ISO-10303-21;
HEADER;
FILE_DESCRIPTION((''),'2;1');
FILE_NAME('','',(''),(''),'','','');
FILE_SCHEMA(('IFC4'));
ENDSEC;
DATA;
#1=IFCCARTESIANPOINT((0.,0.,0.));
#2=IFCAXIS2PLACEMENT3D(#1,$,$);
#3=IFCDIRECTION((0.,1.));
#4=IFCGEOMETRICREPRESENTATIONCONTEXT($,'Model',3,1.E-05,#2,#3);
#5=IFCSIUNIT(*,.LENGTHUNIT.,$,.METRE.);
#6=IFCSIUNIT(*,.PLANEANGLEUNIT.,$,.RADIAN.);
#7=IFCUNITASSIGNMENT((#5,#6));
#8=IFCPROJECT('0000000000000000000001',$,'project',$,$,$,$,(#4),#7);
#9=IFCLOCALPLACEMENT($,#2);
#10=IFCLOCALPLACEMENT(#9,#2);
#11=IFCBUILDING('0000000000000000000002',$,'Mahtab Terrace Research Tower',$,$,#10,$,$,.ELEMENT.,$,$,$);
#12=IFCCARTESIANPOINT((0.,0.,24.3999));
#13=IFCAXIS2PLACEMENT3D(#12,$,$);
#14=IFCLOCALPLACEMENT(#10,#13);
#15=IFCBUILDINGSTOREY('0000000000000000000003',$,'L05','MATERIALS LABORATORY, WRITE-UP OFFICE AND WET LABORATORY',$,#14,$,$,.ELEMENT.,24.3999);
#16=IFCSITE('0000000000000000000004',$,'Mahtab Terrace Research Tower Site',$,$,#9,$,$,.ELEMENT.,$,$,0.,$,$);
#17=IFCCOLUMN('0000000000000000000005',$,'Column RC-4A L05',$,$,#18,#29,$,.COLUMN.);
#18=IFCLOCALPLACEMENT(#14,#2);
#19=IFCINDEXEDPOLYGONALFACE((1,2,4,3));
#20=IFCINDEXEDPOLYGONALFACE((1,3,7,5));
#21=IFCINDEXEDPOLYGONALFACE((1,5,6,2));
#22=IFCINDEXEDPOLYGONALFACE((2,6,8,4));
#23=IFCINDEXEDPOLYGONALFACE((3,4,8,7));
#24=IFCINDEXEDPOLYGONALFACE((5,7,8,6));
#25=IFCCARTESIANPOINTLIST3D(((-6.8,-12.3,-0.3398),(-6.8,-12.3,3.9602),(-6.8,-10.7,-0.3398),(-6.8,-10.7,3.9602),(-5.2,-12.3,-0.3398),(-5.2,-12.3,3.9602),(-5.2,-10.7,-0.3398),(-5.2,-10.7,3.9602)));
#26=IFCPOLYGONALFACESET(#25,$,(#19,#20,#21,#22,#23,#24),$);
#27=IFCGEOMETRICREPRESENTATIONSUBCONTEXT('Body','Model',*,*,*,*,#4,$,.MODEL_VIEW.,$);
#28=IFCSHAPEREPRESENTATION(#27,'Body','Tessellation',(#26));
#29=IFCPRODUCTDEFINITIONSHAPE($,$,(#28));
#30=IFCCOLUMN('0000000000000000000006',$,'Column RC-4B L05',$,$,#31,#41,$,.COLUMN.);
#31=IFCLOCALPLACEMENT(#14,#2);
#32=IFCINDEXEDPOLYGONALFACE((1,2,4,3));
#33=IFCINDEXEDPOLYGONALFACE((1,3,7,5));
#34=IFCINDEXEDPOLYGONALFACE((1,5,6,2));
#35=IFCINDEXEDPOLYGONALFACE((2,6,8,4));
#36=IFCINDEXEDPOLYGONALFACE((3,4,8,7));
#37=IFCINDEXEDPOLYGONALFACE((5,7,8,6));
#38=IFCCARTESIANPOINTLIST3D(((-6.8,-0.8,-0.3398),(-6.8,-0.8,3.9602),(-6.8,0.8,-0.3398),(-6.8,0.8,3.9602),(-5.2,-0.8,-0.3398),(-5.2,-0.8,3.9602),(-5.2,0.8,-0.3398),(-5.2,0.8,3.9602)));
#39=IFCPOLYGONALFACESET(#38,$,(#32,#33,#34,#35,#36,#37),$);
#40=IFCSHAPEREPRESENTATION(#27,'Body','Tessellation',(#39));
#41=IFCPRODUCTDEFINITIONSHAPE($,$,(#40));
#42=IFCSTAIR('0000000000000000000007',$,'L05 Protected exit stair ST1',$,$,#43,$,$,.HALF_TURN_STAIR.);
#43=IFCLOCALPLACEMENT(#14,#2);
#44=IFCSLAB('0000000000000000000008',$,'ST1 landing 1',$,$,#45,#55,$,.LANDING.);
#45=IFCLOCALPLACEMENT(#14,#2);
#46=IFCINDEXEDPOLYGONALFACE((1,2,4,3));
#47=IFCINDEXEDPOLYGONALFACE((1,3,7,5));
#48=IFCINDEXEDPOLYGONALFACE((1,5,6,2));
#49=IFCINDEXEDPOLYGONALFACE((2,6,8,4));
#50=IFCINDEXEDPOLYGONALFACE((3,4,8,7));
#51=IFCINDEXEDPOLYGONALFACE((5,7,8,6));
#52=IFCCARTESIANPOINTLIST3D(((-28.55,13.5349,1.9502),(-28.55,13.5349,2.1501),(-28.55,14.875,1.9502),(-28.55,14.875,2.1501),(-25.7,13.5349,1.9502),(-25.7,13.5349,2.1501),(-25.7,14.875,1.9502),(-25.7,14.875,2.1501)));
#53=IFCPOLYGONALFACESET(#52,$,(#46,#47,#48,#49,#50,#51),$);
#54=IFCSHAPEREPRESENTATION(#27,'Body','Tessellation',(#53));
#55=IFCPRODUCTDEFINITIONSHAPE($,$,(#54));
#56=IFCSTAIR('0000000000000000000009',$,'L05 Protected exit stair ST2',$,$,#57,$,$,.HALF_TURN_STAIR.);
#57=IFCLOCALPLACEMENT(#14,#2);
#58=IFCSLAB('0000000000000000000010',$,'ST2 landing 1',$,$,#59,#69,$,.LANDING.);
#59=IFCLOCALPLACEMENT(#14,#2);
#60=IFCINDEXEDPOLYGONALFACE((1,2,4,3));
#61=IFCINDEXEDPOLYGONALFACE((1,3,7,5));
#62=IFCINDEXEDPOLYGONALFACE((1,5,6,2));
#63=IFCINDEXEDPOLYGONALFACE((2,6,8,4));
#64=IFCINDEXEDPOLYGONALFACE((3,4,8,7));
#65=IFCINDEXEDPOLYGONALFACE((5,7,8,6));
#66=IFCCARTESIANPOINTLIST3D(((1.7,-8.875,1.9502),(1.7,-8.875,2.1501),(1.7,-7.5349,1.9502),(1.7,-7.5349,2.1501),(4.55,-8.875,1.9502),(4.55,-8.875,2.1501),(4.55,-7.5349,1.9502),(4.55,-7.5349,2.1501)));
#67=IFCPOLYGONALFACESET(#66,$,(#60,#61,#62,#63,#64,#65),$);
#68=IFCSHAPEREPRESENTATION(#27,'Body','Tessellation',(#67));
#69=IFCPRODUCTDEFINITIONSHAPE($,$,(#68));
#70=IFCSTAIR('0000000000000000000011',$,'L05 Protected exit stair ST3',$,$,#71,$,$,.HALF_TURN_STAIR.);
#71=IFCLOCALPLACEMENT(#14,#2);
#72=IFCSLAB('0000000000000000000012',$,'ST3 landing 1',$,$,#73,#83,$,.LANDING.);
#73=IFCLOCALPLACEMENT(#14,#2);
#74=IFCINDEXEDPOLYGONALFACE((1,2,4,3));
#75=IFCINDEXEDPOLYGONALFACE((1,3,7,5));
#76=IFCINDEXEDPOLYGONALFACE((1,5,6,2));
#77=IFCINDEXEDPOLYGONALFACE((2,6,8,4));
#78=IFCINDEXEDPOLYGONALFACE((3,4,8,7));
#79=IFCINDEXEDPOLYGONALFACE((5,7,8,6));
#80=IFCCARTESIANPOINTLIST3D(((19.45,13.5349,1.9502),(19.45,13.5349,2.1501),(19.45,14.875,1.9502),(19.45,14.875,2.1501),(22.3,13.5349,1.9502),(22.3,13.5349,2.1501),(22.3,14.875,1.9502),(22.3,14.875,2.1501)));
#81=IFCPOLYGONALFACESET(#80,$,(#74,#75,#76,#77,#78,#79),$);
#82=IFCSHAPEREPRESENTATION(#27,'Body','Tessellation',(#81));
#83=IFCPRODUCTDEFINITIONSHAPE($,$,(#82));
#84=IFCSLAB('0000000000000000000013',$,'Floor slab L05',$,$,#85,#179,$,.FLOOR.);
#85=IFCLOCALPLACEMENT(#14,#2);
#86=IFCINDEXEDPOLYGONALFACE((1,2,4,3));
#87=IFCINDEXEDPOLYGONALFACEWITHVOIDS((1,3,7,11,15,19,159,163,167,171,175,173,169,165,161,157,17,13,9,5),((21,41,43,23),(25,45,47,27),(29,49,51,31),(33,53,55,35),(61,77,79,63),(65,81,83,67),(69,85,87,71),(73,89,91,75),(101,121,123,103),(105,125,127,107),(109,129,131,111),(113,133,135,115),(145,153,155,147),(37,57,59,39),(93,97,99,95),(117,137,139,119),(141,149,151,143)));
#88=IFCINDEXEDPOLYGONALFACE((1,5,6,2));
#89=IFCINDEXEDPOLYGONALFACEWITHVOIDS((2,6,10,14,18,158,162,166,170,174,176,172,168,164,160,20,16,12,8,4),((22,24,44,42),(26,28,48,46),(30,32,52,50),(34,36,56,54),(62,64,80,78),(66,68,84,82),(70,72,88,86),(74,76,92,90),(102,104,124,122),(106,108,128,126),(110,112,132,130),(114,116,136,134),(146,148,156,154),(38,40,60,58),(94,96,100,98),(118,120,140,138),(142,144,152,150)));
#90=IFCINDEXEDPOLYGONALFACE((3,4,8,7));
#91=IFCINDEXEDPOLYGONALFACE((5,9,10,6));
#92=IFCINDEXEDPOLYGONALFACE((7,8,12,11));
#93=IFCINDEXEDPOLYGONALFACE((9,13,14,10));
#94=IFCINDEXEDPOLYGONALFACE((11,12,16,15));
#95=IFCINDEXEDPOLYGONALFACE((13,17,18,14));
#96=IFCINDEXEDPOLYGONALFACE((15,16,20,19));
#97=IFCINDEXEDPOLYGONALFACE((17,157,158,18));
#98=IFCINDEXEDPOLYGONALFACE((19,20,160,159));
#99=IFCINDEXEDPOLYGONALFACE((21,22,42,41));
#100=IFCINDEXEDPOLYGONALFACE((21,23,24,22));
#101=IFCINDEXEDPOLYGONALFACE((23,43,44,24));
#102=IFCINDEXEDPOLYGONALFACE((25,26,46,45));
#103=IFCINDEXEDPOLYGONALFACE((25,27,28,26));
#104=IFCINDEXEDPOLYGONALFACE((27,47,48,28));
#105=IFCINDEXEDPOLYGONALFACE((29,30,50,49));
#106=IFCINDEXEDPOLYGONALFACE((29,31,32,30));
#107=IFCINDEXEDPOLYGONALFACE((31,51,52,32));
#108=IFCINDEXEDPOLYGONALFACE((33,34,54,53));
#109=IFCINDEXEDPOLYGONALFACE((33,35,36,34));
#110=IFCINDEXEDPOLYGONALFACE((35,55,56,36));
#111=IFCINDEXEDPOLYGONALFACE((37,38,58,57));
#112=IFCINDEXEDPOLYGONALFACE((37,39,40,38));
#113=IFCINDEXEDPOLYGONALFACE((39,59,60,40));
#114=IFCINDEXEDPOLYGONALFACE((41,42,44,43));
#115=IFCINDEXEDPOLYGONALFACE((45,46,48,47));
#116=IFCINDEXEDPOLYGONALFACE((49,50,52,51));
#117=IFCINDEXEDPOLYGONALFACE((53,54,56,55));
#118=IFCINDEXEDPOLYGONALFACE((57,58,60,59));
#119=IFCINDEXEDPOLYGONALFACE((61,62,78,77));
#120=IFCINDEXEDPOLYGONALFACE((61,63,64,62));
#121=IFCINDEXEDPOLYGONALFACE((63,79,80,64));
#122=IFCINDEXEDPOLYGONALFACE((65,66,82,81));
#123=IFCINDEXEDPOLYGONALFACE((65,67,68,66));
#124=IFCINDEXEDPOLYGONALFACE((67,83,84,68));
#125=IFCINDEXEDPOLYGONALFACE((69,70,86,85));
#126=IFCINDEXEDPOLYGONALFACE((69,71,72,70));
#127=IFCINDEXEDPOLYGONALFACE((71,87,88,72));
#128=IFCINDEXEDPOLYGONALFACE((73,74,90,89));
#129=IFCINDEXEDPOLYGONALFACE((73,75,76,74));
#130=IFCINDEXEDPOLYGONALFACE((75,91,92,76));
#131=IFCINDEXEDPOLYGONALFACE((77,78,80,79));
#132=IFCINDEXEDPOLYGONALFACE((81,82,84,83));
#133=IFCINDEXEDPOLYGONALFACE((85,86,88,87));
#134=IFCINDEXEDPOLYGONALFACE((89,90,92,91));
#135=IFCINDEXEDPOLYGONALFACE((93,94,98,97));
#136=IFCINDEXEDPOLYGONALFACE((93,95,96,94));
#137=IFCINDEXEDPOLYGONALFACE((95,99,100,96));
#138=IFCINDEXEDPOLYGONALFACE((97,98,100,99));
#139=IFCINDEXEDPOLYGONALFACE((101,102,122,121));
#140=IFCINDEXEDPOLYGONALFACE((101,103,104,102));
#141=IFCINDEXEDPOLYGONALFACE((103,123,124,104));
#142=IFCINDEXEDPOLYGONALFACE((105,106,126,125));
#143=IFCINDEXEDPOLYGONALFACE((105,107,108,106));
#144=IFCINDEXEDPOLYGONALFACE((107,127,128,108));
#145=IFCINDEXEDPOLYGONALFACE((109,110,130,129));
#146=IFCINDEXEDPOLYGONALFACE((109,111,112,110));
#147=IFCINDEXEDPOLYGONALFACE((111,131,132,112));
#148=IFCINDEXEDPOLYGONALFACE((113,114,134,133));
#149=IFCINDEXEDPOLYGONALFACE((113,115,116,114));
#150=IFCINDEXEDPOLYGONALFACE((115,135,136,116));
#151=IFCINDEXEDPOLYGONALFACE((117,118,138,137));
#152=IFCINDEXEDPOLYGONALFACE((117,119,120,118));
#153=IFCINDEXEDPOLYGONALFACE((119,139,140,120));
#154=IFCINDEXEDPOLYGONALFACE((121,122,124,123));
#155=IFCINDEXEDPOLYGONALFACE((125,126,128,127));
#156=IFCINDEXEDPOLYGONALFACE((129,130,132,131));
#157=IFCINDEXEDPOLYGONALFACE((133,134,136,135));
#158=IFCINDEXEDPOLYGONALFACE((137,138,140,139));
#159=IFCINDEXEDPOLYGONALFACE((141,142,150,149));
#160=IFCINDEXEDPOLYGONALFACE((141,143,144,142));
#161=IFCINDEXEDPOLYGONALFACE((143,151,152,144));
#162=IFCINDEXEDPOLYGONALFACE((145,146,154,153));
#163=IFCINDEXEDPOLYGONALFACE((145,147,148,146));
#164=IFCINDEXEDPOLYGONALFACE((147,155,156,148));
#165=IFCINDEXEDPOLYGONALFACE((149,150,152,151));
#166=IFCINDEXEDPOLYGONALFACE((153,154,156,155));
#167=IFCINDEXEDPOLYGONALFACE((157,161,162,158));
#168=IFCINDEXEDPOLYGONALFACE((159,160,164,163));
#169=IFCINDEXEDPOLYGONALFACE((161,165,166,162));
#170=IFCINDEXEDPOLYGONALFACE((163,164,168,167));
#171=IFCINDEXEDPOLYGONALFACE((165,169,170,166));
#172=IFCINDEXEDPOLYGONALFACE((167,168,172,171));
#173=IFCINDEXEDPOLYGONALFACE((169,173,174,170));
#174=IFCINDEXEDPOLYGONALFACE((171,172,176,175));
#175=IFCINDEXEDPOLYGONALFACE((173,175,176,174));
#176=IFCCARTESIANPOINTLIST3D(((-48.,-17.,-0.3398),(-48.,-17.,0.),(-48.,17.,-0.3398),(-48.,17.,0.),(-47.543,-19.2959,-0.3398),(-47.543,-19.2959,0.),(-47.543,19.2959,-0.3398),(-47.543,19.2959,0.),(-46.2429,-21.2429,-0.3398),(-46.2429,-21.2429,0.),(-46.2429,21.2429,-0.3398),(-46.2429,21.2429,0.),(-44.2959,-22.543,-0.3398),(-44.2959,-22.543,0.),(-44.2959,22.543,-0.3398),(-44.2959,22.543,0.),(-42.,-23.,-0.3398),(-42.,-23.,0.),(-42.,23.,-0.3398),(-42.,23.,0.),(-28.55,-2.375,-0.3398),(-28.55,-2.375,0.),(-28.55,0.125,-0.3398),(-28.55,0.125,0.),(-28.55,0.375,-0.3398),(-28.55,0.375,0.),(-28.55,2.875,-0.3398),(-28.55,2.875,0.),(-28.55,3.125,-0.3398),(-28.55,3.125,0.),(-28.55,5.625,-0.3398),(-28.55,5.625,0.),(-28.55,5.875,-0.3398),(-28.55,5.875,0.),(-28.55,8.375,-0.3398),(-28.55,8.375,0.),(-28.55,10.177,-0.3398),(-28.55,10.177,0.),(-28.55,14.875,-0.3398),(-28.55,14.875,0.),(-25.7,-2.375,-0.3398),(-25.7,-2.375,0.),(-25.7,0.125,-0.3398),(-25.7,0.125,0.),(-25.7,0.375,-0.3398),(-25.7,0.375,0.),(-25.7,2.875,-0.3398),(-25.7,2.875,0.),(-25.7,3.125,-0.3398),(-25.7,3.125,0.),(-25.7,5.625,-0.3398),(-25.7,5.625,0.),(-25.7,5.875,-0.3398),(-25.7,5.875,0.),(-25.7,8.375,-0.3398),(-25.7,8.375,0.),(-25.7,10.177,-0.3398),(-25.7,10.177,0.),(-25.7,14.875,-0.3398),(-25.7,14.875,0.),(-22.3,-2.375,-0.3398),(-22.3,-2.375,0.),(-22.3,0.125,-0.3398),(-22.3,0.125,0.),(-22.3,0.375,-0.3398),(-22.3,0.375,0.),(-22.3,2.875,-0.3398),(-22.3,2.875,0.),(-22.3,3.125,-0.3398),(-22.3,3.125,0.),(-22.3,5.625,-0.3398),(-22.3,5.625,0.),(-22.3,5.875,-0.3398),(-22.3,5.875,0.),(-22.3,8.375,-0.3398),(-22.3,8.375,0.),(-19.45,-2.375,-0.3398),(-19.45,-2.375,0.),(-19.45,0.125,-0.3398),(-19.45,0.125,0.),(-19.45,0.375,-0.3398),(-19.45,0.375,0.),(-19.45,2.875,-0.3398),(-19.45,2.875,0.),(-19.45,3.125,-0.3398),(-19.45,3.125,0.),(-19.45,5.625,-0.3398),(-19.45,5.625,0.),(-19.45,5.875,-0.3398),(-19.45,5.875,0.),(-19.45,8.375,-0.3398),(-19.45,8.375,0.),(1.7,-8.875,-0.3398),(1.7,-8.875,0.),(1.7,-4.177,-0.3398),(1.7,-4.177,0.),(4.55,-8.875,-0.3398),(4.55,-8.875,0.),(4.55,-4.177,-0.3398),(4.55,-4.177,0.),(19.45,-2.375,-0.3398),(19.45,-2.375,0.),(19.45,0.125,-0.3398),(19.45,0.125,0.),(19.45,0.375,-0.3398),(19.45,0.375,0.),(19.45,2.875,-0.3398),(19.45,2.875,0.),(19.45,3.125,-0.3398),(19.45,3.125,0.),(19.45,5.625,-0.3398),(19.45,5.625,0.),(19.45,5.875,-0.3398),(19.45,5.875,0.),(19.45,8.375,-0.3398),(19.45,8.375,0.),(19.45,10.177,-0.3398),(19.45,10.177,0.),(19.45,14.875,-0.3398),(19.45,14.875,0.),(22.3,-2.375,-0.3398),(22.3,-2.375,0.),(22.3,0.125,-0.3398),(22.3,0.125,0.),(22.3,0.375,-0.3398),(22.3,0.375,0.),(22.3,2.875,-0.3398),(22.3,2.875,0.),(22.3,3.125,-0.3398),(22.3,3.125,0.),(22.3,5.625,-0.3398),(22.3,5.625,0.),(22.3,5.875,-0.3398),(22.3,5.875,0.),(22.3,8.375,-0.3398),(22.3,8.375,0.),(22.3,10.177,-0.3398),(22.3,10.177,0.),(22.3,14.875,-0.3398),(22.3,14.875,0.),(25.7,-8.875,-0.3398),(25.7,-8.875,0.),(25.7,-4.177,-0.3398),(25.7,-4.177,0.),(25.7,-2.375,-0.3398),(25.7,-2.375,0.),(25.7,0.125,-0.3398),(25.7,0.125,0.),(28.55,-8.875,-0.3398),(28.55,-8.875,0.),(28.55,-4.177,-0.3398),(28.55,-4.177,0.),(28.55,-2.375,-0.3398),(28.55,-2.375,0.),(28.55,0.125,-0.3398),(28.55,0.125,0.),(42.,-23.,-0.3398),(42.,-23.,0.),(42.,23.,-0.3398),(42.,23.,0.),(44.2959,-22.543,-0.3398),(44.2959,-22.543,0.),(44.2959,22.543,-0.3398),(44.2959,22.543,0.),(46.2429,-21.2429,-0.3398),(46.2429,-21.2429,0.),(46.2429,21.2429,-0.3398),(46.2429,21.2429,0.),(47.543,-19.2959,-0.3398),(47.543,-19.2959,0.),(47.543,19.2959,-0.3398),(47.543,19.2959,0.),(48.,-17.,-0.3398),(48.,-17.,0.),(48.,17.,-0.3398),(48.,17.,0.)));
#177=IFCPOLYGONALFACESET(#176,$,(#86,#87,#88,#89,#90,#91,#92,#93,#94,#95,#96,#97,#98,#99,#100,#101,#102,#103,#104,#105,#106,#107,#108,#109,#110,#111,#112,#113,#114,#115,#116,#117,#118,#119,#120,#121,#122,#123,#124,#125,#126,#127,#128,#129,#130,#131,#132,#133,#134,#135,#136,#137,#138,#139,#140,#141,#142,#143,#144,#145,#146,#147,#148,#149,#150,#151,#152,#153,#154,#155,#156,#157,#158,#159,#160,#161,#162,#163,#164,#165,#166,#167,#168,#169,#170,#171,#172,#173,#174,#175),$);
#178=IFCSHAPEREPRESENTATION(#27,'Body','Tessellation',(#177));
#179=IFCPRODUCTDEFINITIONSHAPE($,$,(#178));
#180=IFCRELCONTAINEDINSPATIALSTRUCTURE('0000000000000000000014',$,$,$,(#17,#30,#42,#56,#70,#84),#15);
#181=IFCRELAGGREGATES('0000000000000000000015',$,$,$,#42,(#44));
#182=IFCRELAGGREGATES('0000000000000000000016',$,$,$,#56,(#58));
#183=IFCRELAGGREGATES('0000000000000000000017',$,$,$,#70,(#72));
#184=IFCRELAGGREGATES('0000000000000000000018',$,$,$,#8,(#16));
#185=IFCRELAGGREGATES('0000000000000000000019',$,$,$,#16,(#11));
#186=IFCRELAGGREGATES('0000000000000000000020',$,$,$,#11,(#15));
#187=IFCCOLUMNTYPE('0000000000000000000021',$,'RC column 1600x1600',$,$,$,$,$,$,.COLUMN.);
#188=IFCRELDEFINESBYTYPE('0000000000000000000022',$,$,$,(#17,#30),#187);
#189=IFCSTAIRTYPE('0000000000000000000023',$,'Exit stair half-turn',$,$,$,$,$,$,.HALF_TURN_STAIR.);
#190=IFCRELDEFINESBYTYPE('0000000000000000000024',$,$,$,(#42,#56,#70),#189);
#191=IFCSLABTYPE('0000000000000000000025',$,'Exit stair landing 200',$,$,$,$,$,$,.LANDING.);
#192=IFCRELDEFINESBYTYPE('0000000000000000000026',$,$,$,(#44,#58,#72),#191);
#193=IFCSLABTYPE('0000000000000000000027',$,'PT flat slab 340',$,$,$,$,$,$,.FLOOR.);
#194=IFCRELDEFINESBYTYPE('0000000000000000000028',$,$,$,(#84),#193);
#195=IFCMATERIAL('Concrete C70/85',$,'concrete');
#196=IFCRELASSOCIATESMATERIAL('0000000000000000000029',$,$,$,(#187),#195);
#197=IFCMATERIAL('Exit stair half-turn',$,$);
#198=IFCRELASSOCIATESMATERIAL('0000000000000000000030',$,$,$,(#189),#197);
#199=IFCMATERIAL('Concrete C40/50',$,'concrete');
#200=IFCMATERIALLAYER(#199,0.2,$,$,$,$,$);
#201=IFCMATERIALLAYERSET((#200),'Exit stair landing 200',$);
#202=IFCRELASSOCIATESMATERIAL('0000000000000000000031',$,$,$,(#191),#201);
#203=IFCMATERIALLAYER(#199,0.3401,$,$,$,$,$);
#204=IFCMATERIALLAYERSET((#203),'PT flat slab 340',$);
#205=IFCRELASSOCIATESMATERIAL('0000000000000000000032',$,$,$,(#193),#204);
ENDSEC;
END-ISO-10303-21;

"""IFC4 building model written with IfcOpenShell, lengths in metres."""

from ifc_helpers import new_model, si_unit, direction, frame, origin, origin_2d, place, context, subcontext, project, spatial, polyline, rectangle, outline, extrude, material, layer, layer_set, material_profile, profile_set, type_object, element, aggregate, save


model = new_model("IFC4")

# Units and contexts
model_context = context("Model", 3, precision=1e-05, world=origin(), true_north=direction((0.0, 1.0)))
body_context = subcontext(model_context, "Body", "Model", "MODEL_VIEW")
ifc_project = project(units=[si_unit("LENGTHUNIT", "METRE"), si_unit("PLANEANGLEUNIT", "RADIAN")], contexts=[model_context])

# Site, building, storey
site_placement = place(None, origin())
site = spatial("IfcSite", under=ifc_project, at=site_placement, Name="Mahtab Terrace Research Tower Site", CompositionType="ELEMENT", RefElevation=0.0)
building_placement = place(site_placement, origin())
building = spatial("IfcBuilding", under=site, at=building_placement, Name="Mahtab Terrace Research Tower", CompositionType="ELEMENT")
storey_placement = place(building_placement, frame((0.0, 0.0, 24.3999)))
storey = spatial("IfcBuildingStorey", under=building, at=storey_placement, Name="L05", Description="MATERIALS LABORATORY, WRITE-UP OFFICE AND WET LABORATORY", CompositionType="ELEMENT", Elevation=24.3999)

# Columns
ifc_material_1 = material(Name="Concrete C70/85", Category="concrete")
ifc_material_profile = material_profile(ifc_material_1, rectangle(XDim=1.6001, YDim=1.6001, at=origin_2d()), Name="RC column 1600x1600")
ifc_profile_set = profile_set([ifc_material_profile], Name="Concrete C70/85")
column_type = type_object("IfcColumnType", Name="RC column 1600x1600", PredefinedType="COLUMN", material=ifc_profile_set)
for number, where, z_axis, x_axis, name in (
    (1, (-6.0, -11.5, -0.3398), (0.0, 0.0, 1.0), (1.0, 0.0, 0.0), "Column RC-4A L05"),
    (2, (-6.0, 0.0, -0.3398), (0.0, 0.0, 1.0), (1.0, 0.0, 0.0), "Column RC-4B L05"),
):
    element("IfcColumn", number, at=place(storey_placement, frame(where, z_axis=z_axis, x_axis=x_axis)), inside=storey, type_object=column_type, Name=name, PredefinedType="COLUMN", context=body_context, shape_type="SweptSolid", body=[
        extrude(rectangle(XDim=1.6001, YDim=1.6001, at=origin_2d()), origin(), (0.0, 0.0, 1.0), 4.3),
    ])

# Stairs, slabs
ifc_material_2 = material(Name="Exit stair half-turn")
stair_type = type_object("IfcStairType", Name="Exit stair half-turn", PredefinedType="HALF_TURN_STAIR", material=ifc_material_2)
stair_1_placement = place(storey_placement, origin())
stair_1 = element("IfcStair", 3, at=stair_1_placement, inside=storey, type_object=stair_type, Name="L05 Protected exit stair ST1", PredefinedType="HALF_TURN_STAIR")
ifc_material_3 = material(Name="Concrete C40/50", Category="concrete")
ifc_layer_1 = layer(ifc_material_3, 0.2)
ifc_layer_set_1 = layer_set([ifc_layer_1], Name="Exit stair landing 200")
slab_type_1 = type_object("IfcSlabType", Name="Exit stair landing 200", PredefinedType="LANDING", material=ifc_layer_set_1)
slab_1_placement = place(storey_placement, frame((0.0, 0.0, 1.9502)))
slab_1 = element("IfcSlab", 4, at=slab_1_placement, type_object=slab_type_1, Name="ST1 landing 1", PredefinedType="LANDING", context=body_context, shape_type="SweptSolid", body=[
    extrude(outline(polyline([(-25.7, 13.5349), (-25.7, 14.875), (-28.55, 14.875), (-28.55, 13.5349), (-25.7, 13.5349)])), origin(), (0.0, 0.0, 1.0), 0.2),
])
aggregate(stair_1, [slab_1])
stair_2_placement = place(storey_placement, origin())
stair_2 = element("IfcStair", 5, at=stair_2_placement, inside=storey, type_object=stair_type, Name="L05 Protected exit stair ST2", PredefinedType="HALF_TURN_STAIR")
slab_2_placement = place(storey_placement, frame((0.0, 0.0, 1.9502)))
slab_2 = element("IfcSlab", 6, at=slab_2_placement, type_object=slab_type_1, Name="ST2 landing 1", PredefinedType="LANDING", context=body_context, shape_type="SweptSolid", body=[
    extrude(outline(polyline([(1.7, -7.5349), (1.7, -8.875), (4.55, -8.875), (4.55, -7.5349), (1.7, -7.5349)])), origin(), (0.0, 0.0, 1.0), 0.2),
])
aggregate(stair_2, [slab_2])
stair_3_placement = place(storey_placement, origin())
stair_3 = element("IfcStair", 7, at=stair_3_placement, inside=storey, type_object=stair_type, Name="L05 Protected exit stair ST3", PredefinedType="HALF_TURN_STAIR")
slab_3_placement = place(storey_placement, frame((0.0, 0.0, 1.9502)))
slab_3 = element("IfcSlab", 8, at=slab_3_placement, type_object=slab_type_1, Name="ST3 landing 1", PredefinedType="LANDING", context=body_context, shape_type="SweptSolid", body=[
    extrude(outline(polyline([(22.3, 13.5349), (22.3, 14.875), (19.45, 14.875), (19.45, 13.5349), (22.3, 13.5349)])), origin(), (0.0, 0.0, 1.0), 0.2),
])
aggregate(stair_3, [slab_3])

# Slab
ifc_layer_2 = layer(ifc_material_3, 0.3401)
ifc_layer_set_2 = layer_set([ifc_layer_2], Name="PT flat slab 340")
slab_type_2 = type_object("IfcSlabType", Name="PT flat slab 340", PredefinedType="FLOOR", material=ifc_layer_set_2)
slab_4_placement = place(storey_placement, frame((0.0, 0.0, -0.3398)))
element("IfcSlab", 9, at=slab_4_placement, inside=storey, type_object=slab_type_2, Name="Floor slab L05", PredefinedType="FLOOR", context=body_context, shape_type="SweptSolid", body=[
    extrude(outline(polyline([(47.543, 19.2959), (46.2429, 21.2429), (44.2959, 22.543), (42.0, 23.0), (-42.0, 23.0), (-44.2959, 22.543), (-46.2429, 21.2429), (-47.543, 19.2959), (-48.0, 17.0), (-48.0, -17.0), (-47.543, -19.2959), (-46.2429, -21.2429), (-44.2959, -22.543), (-42.0, -23.0), (42.0, -23.0), (44.2959, -22.543), (46.2429, -21.2429), (47.543, -19.2959), (48.0, -17.0), (48.0, 17.0), (47.543, 19.2959)]), holes=[polyline([(-28.55, -2.375), (-28.55, 0.125), (-25.7, 0.125), (-25.7, -2.375), (-28.55, -2.375)]), polyline([(-22.3, -2.375), (-22.3, 0.125), (-19.45, 0.125), (-19.45, -2.375), (-22.3, -2.375)]), polyline([(-28.55, 0.375), (-28.55, 2.875), (-25.7, 2.875), (-25.7, 0.375), (-28.55, 0.375)]), polyline([(-22.3, 0.375), (-22.3, 2.875), (-19.45, 2.875), (-19.45, 0.375), (-22.3, 0.375)]), polyline([(-28.55, 3.125), (-28.55, 5.625), (-25.7, 5.625), (-25.7, 3.125), (-28.55, 3.125)]), polyline([(-22.3, 3.125), (-22.3, 5.625), (-19.45, 5.625), (-19.45, 3.125), (-22.3, 3.125)]), polyline([(-28.55, 5.875), (-28.55, 8.375), (-25.7, 8.375), (-25.7, 5.875), (-28.55, 5.875)]), polyline([(-22.3, 5.875), (-22.3, 8.375), (-19.45, 8.375), (-19.45, 5.875), (-22.3, 5.875)]), polyline([(-28.55, 10.177), (-28.55, 14.875), (-25.7, 14.875), (-25.7, 10.177), (-28.55, 10.177)]), polyline([(1.7, -8.875), (1.7, -4.177), (4.55, -4.177), (4.55, -8.875), (1.7, -8.875)]), polyline([(25.7, -8.875), (25.7, -4.177), (28.55, -4.177), (28.55, -8.875), (25.7, -8.875)]), polyline([(19.45, -2.375), (19.45, 0.125), (22.3, 0.125), (22.3, -2.375), (19.45, -2.375)]), polyline([(25.7, -2.375), (25.7, 0.125), (28.55, 0.125), (28.55, -2.375), (25.7, -2.375)]), polyline([(19.45, 0.375), (19.45, 2.875), (22.3, 2.875), (22.3, 0.375), (19.45, 0.375)]), polyline([(19.45, 3.125), (19.45, 5.625), (22.3, 5.625), (22.3, 3.125), (19.45, 3.125)]), polyline([(19.45, 8.375), (22.3, 8.375), (22.3, 5.875), (19.45, 5.875), (19.45, 8.375)]), polyline([(19.45, 14.875), (22.3, 14.875), (22.3, 10.177), (19.45, 10.177), (19.45, 14.875)])]), origin(), (0.0, 0.0, 1.0), 0.3398),
])

save(model, "model.ifc")
